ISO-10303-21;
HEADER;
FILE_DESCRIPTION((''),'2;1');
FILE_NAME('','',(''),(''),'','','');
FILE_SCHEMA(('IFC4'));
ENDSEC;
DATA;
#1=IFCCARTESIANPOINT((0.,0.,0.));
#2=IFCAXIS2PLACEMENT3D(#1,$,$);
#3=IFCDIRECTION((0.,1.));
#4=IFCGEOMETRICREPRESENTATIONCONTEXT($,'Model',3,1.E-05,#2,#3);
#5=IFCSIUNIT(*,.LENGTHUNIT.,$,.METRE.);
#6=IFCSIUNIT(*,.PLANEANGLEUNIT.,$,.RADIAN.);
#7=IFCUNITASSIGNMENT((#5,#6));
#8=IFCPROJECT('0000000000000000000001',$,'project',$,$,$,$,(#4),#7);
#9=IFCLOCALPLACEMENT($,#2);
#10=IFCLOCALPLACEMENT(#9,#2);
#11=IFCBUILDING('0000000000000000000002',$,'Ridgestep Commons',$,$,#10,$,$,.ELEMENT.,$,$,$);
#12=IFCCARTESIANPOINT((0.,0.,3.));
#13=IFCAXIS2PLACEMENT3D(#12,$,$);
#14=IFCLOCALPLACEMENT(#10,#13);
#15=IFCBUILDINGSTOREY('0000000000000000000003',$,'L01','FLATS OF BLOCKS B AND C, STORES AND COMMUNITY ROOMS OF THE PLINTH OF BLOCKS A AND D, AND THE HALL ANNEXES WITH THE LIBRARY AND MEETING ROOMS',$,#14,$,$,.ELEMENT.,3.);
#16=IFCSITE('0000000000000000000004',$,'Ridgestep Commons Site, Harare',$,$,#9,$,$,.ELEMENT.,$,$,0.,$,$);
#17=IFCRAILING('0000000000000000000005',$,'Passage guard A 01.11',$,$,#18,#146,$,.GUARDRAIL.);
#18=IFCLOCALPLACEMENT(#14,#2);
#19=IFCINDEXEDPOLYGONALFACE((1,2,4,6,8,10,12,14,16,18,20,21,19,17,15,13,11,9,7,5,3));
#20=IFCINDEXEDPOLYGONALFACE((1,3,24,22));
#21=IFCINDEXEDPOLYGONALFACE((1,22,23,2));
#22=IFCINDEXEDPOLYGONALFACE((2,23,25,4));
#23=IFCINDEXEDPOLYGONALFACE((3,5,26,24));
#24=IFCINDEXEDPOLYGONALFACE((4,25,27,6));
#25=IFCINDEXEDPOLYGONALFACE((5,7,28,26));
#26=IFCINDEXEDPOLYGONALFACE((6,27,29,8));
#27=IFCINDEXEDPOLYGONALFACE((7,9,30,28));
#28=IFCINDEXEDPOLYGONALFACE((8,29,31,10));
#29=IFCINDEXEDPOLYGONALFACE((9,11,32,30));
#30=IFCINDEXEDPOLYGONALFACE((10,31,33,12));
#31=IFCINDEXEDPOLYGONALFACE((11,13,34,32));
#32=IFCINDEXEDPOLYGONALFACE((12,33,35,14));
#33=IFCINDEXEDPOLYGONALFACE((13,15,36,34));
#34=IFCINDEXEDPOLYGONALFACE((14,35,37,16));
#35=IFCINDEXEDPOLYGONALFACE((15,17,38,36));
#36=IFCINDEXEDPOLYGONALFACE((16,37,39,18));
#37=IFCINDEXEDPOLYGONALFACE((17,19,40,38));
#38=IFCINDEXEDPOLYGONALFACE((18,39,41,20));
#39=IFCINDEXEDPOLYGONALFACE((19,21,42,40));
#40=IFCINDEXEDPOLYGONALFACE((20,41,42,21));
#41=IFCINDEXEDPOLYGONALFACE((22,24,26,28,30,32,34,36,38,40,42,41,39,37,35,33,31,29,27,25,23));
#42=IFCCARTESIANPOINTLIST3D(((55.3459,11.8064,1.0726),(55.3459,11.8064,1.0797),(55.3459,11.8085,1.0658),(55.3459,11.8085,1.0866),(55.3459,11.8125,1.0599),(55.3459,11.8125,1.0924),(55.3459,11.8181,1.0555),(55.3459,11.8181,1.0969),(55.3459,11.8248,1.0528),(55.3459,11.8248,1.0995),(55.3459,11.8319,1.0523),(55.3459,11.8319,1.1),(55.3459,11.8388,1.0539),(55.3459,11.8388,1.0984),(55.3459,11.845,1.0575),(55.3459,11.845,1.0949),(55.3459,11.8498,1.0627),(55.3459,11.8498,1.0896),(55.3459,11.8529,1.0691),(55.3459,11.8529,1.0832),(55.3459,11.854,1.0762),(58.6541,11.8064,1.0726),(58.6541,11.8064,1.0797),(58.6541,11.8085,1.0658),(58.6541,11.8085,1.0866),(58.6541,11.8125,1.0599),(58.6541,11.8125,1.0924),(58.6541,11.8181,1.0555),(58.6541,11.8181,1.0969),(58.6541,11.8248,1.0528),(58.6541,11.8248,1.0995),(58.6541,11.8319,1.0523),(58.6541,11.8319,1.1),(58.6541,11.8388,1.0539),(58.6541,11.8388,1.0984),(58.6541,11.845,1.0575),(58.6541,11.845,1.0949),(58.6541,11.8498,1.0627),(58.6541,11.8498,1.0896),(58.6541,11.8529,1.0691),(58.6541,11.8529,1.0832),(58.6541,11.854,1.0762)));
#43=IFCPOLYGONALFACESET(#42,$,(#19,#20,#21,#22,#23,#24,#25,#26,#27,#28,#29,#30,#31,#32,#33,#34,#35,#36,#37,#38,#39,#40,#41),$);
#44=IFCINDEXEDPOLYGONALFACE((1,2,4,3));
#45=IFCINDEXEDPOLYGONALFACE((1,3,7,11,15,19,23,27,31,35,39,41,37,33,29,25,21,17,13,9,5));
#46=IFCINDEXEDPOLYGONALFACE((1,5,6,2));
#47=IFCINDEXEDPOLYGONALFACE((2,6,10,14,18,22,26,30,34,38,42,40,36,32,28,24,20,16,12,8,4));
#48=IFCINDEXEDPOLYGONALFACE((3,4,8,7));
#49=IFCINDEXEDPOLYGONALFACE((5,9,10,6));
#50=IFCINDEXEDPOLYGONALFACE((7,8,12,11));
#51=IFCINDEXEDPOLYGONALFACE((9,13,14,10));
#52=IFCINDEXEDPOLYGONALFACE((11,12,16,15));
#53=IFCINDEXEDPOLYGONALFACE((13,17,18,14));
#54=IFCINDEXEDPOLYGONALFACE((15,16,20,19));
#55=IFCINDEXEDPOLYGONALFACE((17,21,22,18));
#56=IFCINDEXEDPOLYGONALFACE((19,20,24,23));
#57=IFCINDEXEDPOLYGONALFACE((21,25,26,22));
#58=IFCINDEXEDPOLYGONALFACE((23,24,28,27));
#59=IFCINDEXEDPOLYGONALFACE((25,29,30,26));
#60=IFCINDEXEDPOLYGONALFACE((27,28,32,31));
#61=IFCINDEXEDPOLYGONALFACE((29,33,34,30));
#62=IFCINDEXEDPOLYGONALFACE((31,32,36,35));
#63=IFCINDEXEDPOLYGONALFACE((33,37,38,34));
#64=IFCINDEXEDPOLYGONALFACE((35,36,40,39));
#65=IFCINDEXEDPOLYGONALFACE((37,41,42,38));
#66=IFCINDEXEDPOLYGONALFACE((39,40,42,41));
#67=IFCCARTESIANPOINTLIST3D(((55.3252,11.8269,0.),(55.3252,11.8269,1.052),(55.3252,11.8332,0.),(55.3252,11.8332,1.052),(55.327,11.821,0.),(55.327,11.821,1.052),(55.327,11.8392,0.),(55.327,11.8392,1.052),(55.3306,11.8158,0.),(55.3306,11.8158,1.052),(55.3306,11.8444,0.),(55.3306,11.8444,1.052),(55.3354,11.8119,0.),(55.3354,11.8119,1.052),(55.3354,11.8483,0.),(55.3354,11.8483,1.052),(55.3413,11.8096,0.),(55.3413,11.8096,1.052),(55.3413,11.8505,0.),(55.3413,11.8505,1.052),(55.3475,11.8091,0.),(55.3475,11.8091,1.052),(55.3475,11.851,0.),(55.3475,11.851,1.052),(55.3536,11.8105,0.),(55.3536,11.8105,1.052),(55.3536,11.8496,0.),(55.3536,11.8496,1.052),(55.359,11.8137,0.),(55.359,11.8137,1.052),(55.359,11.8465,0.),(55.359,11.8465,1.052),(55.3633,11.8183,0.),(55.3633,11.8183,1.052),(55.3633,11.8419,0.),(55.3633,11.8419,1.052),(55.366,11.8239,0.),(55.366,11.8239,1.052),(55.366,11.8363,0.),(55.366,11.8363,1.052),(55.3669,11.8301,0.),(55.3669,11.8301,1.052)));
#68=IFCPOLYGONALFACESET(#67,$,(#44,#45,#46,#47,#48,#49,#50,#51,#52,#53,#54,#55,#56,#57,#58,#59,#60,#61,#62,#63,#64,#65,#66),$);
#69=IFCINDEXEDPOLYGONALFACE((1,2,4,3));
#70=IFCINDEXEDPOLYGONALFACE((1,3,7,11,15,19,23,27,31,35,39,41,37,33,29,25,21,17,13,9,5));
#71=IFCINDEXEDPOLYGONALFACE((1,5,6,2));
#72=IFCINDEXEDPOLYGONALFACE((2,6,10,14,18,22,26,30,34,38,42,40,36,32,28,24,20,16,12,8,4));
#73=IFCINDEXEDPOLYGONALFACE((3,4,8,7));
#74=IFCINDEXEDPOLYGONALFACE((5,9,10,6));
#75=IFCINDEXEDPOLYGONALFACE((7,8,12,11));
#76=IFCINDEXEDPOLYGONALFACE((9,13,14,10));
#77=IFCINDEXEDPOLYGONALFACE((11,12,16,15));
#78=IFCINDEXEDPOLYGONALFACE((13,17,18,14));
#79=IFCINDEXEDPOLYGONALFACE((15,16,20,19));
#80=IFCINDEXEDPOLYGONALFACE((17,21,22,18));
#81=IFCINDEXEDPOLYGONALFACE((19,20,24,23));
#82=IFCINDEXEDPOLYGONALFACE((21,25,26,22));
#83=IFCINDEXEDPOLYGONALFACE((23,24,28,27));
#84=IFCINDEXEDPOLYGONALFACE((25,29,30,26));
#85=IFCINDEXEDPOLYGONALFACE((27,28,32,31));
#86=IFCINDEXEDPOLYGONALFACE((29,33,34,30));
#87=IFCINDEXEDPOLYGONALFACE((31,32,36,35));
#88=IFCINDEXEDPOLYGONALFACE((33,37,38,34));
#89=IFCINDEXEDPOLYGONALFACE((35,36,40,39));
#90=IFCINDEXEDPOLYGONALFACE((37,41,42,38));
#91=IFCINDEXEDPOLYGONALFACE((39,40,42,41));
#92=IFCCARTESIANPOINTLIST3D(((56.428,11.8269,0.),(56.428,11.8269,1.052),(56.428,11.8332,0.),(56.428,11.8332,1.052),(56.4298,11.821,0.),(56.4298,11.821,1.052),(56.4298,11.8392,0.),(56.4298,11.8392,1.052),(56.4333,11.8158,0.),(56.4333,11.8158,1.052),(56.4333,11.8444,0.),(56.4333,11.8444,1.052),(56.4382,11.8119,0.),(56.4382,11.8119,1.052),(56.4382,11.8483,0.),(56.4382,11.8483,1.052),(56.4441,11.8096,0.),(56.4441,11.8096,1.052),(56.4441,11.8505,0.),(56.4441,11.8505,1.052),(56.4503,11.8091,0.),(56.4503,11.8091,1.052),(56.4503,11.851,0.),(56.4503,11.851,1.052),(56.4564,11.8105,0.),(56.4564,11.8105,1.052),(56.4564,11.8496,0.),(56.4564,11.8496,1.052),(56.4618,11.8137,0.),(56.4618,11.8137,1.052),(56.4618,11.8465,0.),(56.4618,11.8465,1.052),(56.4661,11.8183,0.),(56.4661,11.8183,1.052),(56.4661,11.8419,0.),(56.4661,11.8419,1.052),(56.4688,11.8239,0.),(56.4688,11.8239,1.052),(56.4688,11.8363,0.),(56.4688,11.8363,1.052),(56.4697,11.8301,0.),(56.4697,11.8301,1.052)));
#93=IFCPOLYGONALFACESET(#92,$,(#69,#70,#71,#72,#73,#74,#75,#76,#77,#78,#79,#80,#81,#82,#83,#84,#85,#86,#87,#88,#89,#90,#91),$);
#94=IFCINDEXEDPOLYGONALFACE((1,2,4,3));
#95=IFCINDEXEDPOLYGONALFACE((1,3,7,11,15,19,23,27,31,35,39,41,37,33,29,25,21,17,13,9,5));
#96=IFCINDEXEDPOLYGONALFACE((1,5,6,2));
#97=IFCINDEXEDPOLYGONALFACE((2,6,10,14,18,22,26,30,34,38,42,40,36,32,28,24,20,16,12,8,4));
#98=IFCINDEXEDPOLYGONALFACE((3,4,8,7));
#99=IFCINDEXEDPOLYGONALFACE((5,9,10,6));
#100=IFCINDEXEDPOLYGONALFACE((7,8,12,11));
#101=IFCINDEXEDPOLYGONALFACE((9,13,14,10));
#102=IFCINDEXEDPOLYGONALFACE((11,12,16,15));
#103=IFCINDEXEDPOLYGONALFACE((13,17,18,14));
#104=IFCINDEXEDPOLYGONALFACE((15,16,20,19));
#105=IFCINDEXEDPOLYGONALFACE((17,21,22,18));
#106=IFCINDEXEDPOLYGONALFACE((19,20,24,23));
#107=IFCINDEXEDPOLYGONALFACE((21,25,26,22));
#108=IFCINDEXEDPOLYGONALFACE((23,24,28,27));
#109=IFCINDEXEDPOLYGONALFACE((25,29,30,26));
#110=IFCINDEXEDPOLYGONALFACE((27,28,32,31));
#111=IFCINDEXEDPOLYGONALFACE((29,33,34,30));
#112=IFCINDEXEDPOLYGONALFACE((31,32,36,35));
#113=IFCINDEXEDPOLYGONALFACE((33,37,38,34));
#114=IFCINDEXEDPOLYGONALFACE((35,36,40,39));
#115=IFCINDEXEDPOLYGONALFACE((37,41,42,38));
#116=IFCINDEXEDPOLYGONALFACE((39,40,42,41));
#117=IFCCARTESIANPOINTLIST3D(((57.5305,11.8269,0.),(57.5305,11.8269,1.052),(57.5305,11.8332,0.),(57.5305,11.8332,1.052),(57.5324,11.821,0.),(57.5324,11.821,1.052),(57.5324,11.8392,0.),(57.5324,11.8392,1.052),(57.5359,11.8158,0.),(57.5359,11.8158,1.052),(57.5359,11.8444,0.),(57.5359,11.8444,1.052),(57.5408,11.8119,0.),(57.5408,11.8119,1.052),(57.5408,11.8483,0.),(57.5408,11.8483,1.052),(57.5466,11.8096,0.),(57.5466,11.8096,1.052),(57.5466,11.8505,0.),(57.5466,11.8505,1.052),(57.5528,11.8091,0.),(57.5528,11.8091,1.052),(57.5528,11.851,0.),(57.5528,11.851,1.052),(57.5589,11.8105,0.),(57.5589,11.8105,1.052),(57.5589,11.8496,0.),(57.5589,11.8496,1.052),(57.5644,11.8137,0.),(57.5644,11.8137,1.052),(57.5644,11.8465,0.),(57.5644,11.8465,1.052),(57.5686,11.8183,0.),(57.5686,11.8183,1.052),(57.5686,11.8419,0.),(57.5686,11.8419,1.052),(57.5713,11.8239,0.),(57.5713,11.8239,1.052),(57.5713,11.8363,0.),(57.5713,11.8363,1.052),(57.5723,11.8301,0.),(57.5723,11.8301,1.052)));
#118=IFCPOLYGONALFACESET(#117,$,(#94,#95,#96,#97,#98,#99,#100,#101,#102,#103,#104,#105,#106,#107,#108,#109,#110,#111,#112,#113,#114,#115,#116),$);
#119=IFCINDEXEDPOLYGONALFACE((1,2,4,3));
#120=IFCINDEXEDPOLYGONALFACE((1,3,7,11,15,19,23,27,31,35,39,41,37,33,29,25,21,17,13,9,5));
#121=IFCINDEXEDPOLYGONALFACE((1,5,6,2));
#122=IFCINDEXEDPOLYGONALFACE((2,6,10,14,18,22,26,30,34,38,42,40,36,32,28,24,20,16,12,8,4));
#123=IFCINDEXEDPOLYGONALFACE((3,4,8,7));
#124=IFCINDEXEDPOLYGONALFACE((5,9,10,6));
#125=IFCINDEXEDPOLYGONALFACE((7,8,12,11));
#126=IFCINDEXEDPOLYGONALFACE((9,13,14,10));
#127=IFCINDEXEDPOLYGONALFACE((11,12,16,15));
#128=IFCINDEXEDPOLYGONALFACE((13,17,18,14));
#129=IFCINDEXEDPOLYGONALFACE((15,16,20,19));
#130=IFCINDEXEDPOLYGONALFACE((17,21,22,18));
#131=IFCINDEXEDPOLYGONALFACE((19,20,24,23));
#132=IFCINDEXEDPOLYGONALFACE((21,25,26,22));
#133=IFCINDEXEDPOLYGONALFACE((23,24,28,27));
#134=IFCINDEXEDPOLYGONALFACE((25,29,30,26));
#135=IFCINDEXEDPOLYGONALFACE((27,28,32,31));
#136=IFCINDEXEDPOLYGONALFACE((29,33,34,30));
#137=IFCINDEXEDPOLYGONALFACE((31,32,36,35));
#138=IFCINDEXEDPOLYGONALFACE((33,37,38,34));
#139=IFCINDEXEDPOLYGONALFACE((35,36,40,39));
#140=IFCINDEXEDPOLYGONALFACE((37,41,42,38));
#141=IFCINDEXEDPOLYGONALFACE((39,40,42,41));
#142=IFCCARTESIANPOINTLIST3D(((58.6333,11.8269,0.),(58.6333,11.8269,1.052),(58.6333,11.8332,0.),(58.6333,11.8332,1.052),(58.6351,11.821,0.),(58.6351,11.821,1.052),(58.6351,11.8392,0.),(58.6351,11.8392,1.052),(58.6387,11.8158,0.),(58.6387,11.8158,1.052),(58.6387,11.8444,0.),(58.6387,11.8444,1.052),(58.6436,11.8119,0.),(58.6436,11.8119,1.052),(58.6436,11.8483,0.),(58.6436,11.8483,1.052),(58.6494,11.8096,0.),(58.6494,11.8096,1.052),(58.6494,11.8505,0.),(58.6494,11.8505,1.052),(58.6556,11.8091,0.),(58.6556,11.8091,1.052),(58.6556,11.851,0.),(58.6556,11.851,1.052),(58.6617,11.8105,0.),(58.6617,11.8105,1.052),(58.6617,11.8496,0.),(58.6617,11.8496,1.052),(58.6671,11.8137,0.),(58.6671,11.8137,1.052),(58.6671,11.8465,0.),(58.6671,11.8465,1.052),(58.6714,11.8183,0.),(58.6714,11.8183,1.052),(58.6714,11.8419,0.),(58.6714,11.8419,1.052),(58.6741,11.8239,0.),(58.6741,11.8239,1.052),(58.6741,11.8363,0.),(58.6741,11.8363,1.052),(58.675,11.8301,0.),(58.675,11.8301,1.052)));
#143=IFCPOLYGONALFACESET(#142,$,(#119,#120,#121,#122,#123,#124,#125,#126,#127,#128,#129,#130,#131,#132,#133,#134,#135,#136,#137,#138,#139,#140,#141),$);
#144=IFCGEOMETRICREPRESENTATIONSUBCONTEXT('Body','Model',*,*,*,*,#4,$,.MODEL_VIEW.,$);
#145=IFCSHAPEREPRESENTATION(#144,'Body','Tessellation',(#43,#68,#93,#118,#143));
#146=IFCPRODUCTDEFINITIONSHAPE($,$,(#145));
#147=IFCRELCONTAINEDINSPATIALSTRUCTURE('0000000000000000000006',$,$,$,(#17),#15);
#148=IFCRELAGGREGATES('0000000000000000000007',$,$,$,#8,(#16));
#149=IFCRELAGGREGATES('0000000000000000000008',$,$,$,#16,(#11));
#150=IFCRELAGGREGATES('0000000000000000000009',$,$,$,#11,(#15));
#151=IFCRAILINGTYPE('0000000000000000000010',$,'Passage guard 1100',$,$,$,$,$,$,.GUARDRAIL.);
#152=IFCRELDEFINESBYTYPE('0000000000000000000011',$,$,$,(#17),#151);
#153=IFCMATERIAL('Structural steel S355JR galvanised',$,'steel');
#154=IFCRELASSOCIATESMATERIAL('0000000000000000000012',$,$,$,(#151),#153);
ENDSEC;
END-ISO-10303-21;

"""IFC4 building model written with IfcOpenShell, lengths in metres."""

from ifc_helpers import new_model, si_unit, direction, frame, origin, origin_2d, place, context, subcontext, project, spatial, circle, extrude, material, type_object, element, save


model = new_model("IFC4")

# Units and contexts
model_context = context("Model", 3, precision=1e-05, world=origin(), true_north=direction((0.0, 1.0)))
body_context = subcontext(model_context, "Body", "Model", "MODEL_VIEW")
ifc_project = project(units=[si_unit("LENGTHUNIT", "METRE"), si_unit("PLANEANGLEUNIT", "RADIAN")], contexts=[model_context])

# Site, building, storey
site_placement = place(None, origin())
site = spatial("IfcSite", under=ifc_project, at=site_placement, Name="Ridgestep Commons Site, Harare", CompositionType="ELEMENT", RefElevation=0.0)
building_placement = place(site_placement, origin())
building = spatial("IfcBuilding", under=site, at=building_placement, Name="Ridgestep Commons", CompositionType="ELEMENT")
storey_placement = place(building_placement, frame((0.0, 0.0, 3.0)))
storey = spatial("IfcBuildingStorey", under=building, at=storey_placement, Name="L01", Description="FLATS OF BLOCKS B AND C, STORES AND COMMUNITY ROOMS OF THE PLINTH OF BLOCKS A AND D, AND THE HALL ANNEXES WITH THE LIBRARY AND MEETING ROOMS", CompositionType="ELEMENT", Elevation=3.0)

# Railing
ifc_material_1 = material(Name="Structural steel S355JR galvanised", Category="steel")
railing_type = type_object("IfcRailingType", Name="Passage guard 1100", PredefinedType="GUARDRAIL", material=ifc_material_1)
railing_1_placement = place(storey_placement, frame((55.3459, 11.8301, 0.0)))
element("IfcRailing", 1, at=railing_1_placement, inside=storey, type_object=railing_type, Name="Passage guard A 01.11", PredefinedType="GUARDRAIL", context=body_context, shape_type="SweptSolid", body=[
    extrude(circle(Radius=0.0239, at=origin_2d()), frame((0.0, 0.0, 1.0762), z_axis=(1.0, 0.0, 0.0), x_axis=(0.0, 1.0, 0.0)), (0.0, 0.0, 1.0), 3.3081),
    extrude(circle(Radius=0.021, at=origin_2d()), origin(), (0.0, 0.0, 1.0), 1.052),
    extrude(circle(Radius=0.021, at=origin_2d()), frame((1.1028, 0.0, 0.0)), (0.0, 0.0, 1.0), 1.052),
    extrude(circle(Radius=0.021, at=origin_2d()), frame((2.2053, 0.0, 0.0)), (0.0, 0.0, 1.0), 1.052),
    extrude(circle(Radius=0.021, at=origin_2d()), frame((3.3081, 0.0, 0.0)), (0.0, 0.0, 1.0), 1.052),
])

save(model, "model.ifc")
